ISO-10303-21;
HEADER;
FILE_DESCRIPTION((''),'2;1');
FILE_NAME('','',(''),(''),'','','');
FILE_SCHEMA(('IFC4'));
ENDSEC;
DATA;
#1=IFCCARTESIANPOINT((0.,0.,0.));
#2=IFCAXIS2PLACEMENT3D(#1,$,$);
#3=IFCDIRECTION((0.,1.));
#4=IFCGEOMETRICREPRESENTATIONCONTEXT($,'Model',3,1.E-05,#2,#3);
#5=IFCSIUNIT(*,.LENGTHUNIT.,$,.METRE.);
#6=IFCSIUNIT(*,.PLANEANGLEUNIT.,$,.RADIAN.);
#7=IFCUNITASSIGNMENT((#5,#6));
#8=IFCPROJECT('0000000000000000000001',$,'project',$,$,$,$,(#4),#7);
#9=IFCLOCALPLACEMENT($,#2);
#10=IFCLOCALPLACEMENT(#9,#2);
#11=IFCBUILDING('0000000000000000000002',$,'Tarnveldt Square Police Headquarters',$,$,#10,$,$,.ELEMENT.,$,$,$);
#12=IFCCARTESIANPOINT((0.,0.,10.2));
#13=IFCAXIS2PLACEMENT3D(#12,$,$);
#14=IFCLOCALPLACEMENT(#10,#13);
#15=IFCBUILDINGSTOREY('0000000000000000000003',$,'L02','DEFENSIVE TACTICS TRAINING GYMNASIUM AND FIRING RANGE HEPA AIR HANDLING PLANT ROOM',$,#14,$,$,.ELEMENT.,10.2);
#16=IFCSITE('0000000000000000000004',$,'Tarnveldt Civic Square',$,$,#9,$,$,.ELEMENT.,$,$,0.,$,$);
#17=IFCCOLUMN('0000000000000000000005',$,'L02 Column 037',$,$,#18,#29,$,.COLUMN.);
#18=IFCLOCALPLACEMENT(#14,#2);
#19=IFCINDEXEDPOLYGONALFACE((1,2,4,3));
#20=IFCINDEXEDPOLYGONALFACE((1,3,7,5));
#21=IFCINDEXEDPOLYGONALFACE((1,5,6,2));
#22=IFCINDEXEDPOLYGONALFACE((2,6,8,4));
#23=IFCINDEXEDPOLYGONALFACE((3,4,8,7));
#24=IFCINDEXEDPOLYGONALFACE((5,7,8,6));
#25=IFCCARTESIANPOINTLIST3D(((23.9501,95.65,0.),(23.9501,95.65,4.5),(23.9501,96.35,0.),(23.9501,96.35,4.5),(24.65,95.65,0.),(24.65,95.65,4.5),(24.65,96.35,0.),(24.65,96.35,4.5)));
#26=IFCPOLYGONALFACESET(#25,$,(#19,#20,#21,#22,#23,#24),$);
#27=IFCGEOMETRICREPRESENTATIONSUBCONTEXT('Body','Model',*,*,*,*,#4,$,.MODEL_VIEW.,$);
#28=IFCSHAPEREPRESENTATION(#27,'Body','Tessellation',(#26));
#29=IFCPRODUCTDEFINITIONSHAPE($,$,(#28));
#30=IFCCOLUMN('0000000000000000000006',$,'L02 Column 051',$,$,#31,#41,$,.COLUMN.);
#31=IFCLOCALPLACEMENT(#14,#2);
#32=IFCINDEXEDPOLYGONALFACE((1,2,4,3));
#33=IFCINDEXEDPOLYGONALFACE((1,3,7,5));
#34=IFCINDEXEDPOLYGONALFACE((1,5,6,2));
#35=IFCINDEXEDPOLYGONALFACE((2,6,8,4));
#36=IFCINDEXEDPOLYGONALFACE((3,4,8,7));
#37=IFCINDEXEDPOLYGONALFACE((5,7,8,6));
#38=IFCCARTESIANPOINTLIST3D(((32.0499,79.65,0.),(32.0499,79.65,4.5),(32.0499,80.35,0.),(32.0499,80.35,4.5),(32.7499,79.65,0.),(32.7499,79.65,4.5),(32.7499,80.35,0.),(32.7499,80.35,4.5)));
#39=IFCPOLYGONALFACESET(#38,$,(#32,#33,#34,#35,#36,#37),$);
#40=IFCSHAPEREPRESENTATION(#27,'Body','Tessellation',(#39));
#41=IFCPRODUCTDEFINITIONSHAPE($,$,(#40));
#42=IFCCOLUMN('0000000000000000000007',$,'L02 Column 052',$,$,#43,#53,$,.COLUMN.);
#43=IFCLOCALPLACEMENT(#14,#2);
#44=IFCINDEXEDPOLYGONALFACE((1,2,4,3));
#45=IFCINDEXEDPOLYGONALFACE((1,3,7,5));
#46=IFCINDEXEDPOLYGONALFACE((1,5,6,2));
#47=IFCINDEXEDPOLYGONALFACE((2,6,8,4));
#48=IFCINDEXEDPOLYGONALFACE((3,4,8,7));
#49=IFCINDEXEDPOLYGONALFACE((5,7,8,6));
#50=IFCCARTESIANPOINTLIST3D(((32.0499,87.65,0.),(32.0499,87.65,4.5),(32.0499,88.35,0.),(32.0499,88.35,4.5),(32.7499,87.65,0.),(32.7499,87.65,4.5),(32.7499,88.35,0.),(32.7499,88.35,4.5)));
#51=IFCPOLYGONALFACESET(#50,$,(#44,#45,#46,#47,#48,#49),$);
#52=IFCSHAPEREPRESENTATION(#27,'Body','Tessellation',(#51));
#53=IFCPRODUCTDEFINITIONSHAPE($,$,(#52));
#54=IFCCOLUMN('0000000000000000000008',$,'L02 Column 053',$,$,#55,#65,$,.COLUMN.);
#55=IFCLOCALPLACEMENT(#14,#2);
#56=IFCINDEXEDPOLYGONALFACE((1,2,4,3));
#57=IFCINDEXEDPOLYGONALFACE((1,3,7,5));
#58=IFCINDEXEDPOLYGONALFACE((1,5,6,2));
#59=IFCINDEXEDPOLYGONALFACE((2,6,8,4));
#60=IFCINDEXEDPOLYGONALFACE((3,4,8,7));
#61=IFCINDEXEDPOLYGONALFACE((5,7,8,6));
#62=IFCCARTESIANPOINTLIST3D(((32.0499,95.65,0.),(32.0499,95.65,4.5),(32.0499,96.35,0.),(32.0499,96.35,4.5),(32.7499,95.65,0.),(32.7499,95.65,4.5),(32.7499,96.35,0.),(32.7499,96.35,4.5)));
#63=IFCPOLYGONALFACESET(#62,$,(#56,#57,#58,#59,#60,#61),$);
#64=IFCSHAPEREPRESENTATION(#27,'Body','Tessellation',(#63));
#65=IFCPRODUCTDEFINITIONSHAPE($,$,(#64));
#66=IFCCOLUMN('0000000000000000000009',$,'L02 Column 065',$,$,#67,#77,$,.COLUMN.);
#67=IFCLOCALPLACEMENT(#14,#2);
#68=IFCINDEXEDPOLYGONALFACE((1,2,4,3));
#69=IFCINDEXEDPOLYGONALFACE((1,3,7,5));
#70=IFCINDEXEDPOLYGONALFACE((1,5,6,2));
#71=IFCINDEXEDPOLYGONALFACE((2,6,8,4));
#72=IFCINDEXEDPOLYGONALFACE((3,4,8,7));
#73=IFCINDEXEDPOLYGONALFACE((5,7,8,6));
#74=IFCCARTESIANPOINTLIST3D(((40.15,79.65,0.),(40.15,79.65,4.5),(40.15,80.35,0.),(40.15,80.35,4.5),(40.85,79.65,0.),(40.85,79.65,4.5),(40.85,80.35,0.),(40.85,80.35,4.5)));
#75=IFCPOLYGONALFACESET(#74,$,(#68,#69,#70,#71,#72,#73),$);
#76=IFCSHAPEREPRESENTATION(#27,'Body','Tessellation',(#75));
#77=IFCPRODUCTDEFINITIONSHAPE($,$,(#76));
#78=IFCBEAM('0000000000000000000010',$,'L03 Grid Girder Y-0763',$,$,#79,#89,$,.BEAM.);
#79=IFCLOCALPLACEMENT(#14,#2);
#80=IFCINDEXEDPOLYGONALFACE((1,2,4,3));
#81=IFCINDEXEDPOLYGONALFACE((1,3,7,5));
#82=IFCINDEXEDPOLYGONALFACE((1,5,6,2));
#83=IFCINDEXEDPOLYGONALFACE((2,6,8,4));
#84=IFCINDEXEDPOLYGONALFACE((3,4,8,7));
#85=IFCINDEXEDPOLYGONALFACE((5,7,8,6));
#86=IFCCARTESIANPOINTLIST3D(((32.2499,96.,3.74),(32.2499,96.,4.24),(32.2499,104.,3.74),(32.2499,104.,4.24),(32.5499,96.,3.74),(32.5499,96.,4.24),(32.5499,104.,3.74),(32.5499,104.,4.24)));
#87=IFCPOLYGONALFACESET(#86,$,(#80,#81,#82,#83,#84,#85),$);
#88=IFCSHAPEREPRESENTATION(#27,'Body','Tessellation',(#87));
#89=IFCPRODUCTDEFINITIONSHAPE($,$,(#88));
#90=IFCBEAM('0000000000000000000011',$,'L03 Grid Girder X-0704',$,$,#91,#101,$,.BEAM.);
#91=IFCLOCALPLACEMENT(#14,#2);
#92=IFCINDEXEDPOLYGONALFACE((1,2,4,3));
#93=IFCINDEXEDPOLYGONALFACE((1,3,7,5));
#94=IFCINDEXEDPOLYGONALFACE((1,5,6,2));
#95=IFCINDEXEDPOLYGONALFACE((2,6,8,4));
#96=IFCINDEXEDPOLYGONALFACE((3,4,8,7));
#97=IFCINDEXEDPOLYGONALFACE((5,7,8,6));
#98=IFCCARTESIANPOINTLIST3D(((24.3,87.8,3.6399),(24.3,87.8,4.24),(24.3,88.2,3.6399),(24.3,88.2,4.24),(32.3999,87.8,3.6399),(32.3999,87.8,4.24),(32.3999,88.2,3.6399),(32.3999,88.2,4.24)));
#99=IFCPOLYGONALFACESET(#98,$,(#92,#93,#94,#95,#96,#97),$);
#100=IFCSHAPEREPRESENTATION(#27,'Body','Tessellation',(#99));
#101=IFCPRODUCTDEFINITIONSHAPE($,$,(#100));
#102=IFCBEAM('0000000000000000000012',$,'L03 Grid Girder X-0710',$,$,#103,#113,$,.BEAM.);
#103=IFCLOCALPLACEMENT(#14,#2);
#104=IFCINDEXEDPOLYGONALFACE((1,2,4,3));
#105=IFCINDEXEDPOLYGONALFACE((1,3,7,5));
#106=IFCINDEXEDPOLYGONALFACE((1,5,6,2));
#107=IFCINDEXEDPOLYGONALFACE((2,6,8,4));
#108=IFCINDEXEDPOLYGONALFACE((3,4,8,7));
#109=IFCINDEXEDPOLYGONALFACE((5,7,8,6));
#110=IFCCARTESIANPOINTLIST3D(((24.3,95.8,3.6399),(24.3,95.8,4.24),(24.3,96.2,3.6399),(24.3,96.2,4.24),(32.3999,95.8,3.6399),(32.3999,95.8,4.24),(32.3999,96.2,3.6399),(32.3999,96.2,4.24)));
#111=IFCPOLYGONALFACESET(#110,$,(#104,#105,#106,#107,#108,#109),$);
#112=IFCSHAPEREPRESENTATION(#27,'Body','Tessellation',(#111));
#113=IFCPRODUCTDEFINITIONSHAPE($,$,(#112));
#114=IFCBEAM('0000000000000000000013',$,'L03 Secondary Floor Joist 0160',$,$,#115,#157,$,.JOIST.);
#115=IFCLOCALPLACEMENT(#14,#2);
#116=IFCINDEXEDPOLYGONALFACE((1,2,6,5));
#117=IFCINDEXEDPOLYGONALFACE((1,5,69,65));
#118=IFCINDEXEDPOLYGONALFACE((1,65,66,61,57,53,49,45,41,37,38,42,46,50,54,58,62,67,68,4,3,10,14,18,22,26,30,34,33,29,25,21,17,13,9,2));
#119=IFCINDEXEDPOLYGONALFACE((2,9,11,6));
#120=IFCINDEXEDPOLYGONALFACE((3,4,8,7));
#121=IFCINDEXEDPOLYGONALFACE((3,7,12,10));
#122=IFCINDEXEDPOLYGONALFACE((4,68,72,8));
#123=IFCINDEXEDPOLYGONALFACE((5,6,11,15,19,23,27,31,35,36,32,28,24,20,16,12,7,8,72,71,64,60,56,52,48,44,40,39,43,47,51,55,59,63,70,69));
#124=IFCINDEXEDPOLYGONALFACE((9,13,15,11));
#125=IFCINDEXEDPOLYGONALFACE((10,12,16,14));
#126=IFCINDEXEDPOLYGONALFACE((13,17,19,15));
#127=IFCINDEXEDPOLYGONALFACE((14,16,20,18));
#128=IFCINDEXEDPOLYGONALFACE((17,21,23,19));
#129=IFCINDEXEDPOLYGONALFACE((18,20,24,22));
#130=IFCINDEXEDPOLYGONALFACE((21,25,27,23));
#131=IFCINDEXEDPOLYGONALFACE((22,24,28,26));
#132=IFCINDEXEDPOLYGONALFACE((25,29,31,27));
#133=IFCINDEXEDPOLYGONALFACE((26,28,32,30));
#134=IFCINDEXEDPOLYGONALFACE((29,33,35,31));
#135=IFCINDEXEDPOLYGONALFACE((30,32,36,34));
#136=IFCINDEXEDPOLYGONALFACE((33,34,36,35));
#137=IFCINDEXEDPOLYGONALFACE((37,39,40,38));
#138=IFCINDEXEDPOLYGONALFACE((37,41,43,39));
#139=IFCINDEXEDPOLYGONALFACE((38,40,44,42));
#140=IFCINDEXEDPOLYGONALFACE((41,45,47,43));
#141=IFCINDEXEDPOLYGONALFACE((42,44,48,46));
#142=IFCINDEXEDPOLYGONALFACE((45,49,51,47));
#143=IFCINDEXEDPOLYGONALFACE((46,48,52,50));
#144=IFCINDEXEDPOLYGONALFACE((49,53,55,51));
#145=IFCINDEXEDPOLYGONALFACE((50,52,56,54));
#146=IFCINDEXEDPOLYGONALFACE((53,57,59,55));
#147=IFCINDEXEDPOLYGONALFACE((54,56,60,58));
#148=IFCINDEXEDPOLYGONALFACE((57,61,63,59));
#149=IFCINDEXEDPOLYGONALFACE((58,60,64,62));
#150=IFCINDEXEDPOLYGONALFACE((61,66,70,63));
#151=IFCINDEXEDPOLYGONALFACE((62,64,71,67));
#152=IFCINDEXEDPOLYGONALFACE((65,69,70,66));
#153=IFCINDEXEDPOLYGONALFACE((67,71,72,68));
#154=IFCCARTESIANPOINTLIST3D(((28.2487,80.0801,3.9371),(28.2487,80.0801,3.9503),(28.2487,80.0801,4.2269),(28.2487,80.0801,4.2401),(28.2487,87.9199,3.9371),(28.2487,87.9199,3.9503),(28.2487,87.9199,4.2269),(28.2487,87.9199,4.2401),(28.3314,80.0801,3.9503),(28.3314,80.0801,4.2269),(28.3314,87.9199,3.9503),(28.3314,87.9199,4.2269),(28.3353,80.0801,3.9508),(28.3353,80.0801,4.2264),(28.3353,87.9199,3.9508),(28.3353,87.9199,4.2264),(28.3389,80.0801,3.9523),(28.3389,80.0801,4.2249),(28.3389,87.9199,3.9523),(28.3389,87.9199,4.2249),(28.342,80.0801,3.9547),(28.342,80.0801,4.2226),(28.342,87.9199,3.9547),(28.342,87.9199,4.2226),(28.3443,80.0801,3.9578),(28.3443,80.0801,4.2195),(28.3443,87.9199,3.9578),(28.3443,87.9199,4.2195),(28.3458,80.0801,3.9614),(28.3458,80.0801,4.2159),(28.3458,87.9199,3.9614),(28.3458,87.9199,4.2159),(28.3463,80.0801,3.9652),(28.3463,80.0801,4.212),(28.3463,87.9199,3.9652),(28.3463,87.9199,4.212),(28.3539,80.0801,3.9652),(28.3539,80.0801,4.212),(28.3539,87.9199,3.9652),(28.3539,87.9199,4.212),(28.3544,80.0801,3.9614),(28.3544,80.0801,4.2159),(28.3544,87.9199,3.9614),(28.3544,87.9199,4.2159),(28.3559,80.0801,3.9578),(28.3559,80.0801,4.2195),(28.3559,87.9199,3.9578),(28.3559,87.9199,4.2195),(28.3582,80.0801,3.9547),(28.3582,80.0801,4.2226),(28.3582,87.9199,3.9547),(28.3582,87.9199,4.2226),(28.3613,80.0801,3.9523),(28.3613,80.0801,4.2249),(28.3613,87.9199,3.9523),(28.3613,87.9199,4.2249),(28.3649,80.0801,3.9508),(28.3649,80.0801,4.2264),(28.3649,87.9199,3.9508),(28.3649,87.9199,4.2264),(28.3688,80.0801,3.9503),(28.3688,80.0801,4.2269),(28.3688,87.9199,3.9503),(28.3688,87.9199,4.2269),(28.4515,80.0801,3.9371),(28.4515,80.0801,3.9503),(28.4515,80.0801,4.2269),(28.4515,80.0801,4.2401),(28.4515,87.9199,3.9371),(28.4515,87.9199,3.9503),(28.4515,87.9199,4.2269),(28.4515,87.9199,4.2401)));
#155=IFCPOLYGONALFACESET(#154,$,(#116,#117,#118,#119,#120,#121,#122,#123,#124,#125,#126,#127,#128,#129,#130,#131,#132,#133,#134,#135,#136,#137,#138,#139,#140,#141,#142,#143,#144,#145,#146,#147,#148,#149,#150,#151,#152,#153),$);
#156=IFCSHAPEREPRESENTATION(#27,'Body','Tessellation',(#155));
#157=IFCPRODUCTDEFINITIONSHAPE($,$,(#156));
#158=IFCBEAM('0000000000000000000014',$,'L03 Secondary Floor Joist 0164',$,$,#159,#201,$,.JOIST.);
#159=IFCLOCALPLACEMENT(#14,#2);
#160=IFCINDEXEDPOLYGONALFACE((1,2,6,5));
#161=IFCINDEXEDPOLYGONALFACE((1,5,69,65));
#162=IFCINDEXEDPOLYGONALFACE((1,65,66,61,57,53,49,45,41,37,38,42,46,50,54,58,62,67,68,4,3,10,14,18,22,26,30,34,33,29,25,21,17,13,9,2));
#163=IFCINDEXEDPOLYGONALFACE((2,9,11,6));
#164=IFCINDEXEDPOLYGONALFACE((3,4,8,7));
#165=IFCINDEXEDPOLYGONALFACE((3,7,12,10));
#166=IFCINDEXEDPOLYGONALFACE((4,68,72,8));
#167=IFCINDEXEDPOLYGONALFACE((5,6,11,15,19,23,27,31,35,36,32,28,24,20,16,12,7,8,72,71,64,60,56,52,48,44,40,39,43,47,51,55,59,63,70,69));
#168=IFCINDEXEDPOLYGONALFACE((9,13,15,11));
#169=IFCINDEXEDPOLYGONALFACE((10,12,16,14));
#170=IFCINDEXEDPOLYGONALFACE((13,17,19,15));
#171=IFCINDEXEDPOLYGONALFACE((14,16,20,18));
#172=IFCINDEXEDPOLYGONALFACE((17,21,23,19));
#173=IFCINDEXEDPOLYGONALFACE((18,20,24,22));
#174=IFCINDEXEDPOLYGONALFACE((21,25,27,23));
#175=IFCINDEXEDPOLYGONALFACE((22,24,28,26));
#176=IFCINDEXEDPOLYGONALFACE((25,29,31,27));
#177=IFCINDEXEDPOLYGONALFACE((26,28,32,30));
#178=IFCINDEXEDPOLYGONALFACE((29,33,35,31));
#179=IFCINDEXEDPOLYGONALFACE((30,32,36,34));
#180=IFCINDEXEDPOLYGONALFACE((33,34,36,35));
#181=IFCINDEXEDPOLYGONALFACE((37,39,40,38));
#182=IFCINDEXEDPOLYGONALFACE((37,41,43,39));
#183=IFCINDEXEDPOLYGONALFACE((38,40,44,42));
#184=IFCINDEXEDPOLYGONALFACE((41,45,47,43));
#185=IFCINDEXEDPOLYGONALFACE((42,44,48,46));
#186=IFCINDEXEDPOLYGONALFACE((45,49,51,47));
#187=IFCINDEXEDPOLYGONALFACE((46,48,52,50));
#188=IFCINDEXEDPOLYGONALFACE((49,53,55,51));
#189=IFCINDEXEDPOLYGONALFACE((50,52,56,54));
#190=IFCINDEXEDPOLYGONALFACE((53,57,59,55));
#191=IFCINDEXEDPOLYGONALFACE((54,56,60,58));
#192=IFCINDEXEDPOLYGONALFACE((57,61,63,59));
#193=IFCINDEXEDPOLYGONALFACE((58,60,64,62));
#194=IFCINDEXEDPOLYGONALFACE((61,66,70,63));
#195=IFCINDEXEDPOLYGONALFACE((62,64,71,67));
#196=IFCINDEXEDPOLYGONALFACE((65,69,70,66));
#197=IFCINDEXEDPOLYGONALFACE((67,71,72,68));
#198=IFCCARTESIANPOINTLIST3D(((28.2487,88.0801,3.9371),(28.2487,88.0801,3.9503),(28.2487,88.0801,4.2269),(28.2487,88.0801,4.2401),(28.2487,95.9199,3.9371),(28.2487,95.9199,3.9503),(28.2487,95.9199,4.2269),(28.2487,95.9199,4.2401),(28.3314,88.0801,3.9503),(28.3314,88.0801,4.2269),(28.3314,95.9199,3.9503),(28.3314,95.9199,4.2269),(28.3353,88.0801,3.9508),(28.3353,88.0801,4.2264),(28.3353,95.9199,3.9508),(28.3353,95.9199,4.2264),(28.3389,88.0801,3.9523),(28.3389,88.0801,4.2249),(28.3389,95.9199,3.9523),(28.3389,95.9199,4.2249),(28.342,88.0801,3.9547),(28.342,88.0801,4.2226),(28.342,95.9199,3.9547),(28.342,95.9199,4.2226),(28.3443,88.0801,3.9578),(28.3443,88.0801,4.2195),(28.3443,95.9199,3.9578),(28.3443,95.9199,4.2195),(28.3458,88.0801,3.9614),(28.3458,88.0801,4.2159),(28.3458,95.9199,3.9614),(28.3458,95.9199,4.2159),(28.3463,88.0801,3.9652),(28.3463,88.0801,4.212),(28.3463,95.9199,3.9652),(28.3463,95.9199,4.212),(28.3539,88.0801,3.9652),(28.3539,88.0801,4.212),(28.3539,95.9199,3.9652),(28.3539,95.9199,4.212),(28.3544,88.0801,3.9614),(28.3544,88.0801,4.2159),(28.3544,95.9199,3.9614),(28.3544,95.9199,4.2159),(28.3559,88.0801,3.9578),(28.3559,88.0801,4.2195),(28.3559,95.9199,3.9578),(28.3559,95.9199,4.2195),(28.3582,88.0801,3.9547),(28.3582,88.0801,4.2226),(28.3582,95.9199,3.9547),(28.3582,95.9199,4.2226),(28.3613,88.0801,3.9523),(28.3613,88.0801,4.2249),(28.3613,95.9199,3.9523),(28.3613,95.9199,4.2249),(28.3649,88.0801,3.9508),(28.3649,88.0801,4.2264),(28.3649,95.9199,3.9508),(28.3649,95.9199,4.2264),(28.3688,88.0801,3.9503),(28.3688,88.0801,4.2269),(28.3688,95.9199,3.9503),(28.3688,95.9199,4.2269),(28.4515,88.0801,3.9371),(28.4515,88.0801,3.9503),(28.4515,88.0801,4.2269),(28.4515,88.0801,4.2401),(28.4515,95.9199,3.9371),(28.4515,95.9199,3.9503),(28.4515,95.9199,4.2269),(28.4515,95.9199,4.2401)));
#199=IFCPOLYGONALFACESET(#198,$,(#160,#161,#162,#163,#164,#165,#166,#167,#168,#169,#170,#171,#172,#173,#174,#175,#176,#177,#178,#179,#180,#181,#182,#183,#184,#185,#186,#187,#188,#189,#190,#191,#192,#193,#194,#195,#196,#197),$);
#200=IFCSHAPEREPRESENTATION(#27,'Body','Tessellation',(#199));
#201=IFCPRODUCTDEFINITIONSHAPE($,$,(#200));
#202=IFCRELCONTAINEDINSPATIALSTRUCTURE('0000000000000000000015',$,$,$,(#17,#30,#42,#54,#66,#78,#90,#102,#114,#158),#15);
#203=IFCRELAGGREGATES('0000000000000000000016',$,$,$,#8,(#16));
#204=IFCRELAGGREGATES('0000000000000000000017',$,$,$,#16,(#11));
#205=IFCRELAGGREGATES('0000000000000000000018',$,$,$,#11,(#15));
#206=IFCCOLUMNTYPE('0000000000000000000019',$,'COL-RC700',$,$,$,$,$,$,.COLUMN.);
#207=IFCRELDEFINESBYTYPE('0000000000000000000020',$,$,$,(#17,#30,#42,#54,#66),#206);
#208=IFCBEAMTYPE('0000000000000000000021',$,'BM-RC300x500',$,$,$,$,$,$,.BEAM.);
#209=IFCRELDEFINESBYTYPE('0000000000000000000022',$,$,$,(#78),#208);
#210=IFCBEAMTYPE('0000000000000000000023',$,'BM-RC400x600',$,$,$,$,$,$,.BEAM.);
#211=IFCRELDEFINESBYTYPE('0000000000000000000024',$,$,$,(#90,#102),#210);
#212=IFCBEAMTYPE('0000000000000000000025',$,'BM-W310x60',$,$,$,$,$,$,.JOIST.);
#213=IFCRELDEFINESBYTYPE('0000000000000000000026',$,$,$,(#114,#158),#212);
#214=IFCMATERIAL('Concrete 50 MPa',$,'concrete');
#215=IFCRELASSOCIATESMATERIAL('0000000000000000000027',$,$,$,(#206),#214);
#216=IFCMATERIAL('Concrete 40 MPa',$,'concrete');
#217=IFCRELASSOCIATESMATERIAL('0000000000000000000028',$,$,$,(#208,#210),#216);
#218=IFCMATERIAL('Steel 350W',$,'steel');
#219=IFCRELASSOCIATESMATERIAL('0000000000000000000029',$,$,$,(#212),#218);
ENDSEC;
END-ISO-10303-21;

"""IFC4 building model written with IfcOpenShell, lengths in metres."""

from ifc_helpers import new_model, si_unit, direction, frame, origin, origin_2d, place, context, subcontext, project, spatial, rectangle, i_section, extrude, material, material_profile, profile_set, type_object, element, save


model = new_model("IFC4")

# Units and contexts
model_context = context("Model", 3, precision=1e-05, world=origin(), true_north=direction((0.0, 1.0)))
body_context = subcontext(model_context, "Body", "Model", "MODEL_VIEW")
ifc_project = project(units=[si_unit("LENGTHUNIT", "METRE"), si_unit("PLANEANGLEUNIT", "RADIAN")], contexts=[model_context])

# Site, building, storey
site_placement = place(None, origin())
site = spatial("IfcSite", under=ifc_project, at=site_placement, Name="Tarnveldt Civic Square", CompositionType="ELEMENT", RefElevation=0.0)
building_placement = place(site_placement, origin())
building = spatial("IfcBuilding", under=site, at=building_placement, Name="Tarnveldt Square Police Headquarters", CompositionType="ELEMENT")
storey_placement = place(building_placement, frame((0.0, 0.0, 10.2)))
storey = spatial("IfcBuildingStorey", under=building, at=storey_placement, Name="L02", Description="DEFENSIVE TACTICS TRAINING GYMNASIUM AND FIRING RANGE HEPA AIR HANDLING PLANT ROOM", CompositionType="ELEMENT", Elevation=10.2)

# Columns
ifc_material_1 = material(Name="Concrete 50 MPa", Category="concrete")
ifc_material_profile_1 = material_profile(ifc_material_1, rectangle(XDim=0.7, YDim=0.7, at=origin_2d()), Name="RC-C700x700")
ifc_profile_set_1 = profile_set([ifc_material_profile_1], Name="Concrete 50 MPa")
column_type = type_object("IfcColumnType", Name="COL-RC700", PredefinedType="COLUMN", material=ifc_profile_set_1)
for number, where, z_axis, x_axis, name in (
    (1, (24.3, 96.0, 0.0), (0.0, 0.0, 1.0), (1.0, 0.0, 0.0), "L02 Column 037"),
    (2, (32.3999, 80.0, 0.0), (0.0, 0.0, 1.0), (1.0, 0.0, 0.0), "L02 Column 051"),
    (3, (32.3999, 88.0, 0.0), (0.0, 0.0, 1.0), (1.0, 0.0, 0.0), "L02 Column 052"),
    (4, (32.3999, 96.0, 0.0), (0.0, 0.0, 1.0), (1.0, 0.0, 0.0), "L02 Column 053"),
    (5, (40.5, 80.0, 0.0), (0.0, 0.0, 1.0), (1.0, 0.0, 0.0), "L02 Column 065"),
):
    element("IfcColumn", number, at=place(storey_placement, frame(where, z_axis=z_axis, x_axis=x_axis)), inside=storey, type_object=column_type, Name=name, PredefinedType="COLUMN", context=body_context, shape_type="SweptSolid", body=[
        extrude(rectangle(XDim=0.7, YDim=0.7, at=origin_2d()), origin(), (0.0, 0.0, 1.0), 4.5),
    ])

# Beams
ifc_material_2 = material(Name="Concrete 40 MPa", Category="concrete")
ifc_material_profile_2 = material_profile(ifc_material_2, rectangle(XDim=0.3, YDim=0.5, at=origin_2d()), Name="RC-B300x500")
ifc_profile_set_2 = profile_set([ifc_material_profile_2], Name="Concrete 40 MPa")
beam_type_1 = type_object("IfcBeamType", Name="BM-RC300x500", PredefinedType="BEAM", material=ifc_profile_set_2)
beam_placement = place(storey_placement, frame((32.3999, 96.0, 3.99), z_axis=(0.0, 1.0, 0.0), x_axis=(-1.0, 0.0, 0.0)))
element("IfcBeam", 6, at=beam_placement, inside=storey, type_object=beam_type_1, Name="L03 Grid Girder Y-0763", PredefinedType="BEAM", context=body_context, shape_type="SweptSolid", body=[
    extrude(rectangle(XDim=0.3, YDim=0.5, at=origin_2d()), origin(), (0.0, 0.0, 1.0), 8.0),
])
ifc_material_profile_3 = material_profile(ifc_material_2, rectangle(XDim=0.3999, YDim=0.6001, at=origin_2d()), Name="RC-B400x600")
ifc_profile_set_3 = profile_set([ifc_material_profile_3], Name="Concrete 40 MPa")
beam_type_2 = type_object("IfcBeamType", Name="BM-RC400x600", PredefinedType="BEAM", material=ifc_profile_set_3)
for number, where, z_axis, x_axis, name in (
    (7, (24.3, 88.0, 3.9399), (1.0, 0.0, 0.0), (0.0, 1.0, 0.0), "L03 Grid Girder X-0704"),
    (8, (24.3, 96.0, 3.9399), (1.0, 0.0, 0.0), (0.0, 1.0, 0.0), "L03 Grid Girder X-0710"),
):
    element("IfcBeam", number, at=place(storey_placement, frame(where, z_axis=z_axis, x_axis=x_axis)), inside=storey, type_object=beam_type_2, Name=name, PredefinedType="BEAM", context=body_context, shape_type="SweptSolid", body=[
        extrude(rectangle(XDim=0.3999, YDim=0.6001, at=origin_2d()), origin(), (0.0, 0.0, 1.0), 8.0999),
    ])
ifc_material_3 = material(Name="Steel 350W", Category="steel")
ifc_material_profile_4 = material_profile(ifc_material_3, i_section(OverallWidth=0.2029, OverallDepth=0.303, WebThickness=0.0076, FlangeThickness=0.0132, FilletRadius=0.0149, at=origin_2d()), Name="W310x60")
ifc_profile_set_4 = profile_set([ifc_material_profile_4], Name="Steel 350W")
beam_type_3 = type_object("IfcBeamType", Name="BM-W310x60", PredefinedType="JOIST", material=ifc_profile_set_4)
for number, where, z_axis, x_axis, name in (
    (9, (28.3501, 80.0801, 4.0886), (0.0, 1.0, 0.0), (-1.0, 0.0, 0.0), "L03 Secondary Floor Joist 0160"),
    (10, (28.3501, 88.0801, 4.0886), (0.0, 1.0, 0.0), (-1.0, 0.0, 0.0), "L03 Secondary Floor Joist 0164"),
):
    element("IfcBeam", number, at=place(storey_placement, frame(where, z_axis=z_axis, x_axis=x_axis)), inside=storey, type_object=beam_type_3, Name=name, PredefinedType="JOIST", context=body_context, shape_type="SweptSolid", body=[
        extrude(i_section(OverallWidth=0.2029, OverallDepth=0.303, WebThickness=0.0076, FlangeThickness=0.0132, FilletRadius=0.0149, at=origin_2d()), origin(), (0.0, 0.0, 1.0), 7.8398),
    ])

save(model, "model.ifc")
